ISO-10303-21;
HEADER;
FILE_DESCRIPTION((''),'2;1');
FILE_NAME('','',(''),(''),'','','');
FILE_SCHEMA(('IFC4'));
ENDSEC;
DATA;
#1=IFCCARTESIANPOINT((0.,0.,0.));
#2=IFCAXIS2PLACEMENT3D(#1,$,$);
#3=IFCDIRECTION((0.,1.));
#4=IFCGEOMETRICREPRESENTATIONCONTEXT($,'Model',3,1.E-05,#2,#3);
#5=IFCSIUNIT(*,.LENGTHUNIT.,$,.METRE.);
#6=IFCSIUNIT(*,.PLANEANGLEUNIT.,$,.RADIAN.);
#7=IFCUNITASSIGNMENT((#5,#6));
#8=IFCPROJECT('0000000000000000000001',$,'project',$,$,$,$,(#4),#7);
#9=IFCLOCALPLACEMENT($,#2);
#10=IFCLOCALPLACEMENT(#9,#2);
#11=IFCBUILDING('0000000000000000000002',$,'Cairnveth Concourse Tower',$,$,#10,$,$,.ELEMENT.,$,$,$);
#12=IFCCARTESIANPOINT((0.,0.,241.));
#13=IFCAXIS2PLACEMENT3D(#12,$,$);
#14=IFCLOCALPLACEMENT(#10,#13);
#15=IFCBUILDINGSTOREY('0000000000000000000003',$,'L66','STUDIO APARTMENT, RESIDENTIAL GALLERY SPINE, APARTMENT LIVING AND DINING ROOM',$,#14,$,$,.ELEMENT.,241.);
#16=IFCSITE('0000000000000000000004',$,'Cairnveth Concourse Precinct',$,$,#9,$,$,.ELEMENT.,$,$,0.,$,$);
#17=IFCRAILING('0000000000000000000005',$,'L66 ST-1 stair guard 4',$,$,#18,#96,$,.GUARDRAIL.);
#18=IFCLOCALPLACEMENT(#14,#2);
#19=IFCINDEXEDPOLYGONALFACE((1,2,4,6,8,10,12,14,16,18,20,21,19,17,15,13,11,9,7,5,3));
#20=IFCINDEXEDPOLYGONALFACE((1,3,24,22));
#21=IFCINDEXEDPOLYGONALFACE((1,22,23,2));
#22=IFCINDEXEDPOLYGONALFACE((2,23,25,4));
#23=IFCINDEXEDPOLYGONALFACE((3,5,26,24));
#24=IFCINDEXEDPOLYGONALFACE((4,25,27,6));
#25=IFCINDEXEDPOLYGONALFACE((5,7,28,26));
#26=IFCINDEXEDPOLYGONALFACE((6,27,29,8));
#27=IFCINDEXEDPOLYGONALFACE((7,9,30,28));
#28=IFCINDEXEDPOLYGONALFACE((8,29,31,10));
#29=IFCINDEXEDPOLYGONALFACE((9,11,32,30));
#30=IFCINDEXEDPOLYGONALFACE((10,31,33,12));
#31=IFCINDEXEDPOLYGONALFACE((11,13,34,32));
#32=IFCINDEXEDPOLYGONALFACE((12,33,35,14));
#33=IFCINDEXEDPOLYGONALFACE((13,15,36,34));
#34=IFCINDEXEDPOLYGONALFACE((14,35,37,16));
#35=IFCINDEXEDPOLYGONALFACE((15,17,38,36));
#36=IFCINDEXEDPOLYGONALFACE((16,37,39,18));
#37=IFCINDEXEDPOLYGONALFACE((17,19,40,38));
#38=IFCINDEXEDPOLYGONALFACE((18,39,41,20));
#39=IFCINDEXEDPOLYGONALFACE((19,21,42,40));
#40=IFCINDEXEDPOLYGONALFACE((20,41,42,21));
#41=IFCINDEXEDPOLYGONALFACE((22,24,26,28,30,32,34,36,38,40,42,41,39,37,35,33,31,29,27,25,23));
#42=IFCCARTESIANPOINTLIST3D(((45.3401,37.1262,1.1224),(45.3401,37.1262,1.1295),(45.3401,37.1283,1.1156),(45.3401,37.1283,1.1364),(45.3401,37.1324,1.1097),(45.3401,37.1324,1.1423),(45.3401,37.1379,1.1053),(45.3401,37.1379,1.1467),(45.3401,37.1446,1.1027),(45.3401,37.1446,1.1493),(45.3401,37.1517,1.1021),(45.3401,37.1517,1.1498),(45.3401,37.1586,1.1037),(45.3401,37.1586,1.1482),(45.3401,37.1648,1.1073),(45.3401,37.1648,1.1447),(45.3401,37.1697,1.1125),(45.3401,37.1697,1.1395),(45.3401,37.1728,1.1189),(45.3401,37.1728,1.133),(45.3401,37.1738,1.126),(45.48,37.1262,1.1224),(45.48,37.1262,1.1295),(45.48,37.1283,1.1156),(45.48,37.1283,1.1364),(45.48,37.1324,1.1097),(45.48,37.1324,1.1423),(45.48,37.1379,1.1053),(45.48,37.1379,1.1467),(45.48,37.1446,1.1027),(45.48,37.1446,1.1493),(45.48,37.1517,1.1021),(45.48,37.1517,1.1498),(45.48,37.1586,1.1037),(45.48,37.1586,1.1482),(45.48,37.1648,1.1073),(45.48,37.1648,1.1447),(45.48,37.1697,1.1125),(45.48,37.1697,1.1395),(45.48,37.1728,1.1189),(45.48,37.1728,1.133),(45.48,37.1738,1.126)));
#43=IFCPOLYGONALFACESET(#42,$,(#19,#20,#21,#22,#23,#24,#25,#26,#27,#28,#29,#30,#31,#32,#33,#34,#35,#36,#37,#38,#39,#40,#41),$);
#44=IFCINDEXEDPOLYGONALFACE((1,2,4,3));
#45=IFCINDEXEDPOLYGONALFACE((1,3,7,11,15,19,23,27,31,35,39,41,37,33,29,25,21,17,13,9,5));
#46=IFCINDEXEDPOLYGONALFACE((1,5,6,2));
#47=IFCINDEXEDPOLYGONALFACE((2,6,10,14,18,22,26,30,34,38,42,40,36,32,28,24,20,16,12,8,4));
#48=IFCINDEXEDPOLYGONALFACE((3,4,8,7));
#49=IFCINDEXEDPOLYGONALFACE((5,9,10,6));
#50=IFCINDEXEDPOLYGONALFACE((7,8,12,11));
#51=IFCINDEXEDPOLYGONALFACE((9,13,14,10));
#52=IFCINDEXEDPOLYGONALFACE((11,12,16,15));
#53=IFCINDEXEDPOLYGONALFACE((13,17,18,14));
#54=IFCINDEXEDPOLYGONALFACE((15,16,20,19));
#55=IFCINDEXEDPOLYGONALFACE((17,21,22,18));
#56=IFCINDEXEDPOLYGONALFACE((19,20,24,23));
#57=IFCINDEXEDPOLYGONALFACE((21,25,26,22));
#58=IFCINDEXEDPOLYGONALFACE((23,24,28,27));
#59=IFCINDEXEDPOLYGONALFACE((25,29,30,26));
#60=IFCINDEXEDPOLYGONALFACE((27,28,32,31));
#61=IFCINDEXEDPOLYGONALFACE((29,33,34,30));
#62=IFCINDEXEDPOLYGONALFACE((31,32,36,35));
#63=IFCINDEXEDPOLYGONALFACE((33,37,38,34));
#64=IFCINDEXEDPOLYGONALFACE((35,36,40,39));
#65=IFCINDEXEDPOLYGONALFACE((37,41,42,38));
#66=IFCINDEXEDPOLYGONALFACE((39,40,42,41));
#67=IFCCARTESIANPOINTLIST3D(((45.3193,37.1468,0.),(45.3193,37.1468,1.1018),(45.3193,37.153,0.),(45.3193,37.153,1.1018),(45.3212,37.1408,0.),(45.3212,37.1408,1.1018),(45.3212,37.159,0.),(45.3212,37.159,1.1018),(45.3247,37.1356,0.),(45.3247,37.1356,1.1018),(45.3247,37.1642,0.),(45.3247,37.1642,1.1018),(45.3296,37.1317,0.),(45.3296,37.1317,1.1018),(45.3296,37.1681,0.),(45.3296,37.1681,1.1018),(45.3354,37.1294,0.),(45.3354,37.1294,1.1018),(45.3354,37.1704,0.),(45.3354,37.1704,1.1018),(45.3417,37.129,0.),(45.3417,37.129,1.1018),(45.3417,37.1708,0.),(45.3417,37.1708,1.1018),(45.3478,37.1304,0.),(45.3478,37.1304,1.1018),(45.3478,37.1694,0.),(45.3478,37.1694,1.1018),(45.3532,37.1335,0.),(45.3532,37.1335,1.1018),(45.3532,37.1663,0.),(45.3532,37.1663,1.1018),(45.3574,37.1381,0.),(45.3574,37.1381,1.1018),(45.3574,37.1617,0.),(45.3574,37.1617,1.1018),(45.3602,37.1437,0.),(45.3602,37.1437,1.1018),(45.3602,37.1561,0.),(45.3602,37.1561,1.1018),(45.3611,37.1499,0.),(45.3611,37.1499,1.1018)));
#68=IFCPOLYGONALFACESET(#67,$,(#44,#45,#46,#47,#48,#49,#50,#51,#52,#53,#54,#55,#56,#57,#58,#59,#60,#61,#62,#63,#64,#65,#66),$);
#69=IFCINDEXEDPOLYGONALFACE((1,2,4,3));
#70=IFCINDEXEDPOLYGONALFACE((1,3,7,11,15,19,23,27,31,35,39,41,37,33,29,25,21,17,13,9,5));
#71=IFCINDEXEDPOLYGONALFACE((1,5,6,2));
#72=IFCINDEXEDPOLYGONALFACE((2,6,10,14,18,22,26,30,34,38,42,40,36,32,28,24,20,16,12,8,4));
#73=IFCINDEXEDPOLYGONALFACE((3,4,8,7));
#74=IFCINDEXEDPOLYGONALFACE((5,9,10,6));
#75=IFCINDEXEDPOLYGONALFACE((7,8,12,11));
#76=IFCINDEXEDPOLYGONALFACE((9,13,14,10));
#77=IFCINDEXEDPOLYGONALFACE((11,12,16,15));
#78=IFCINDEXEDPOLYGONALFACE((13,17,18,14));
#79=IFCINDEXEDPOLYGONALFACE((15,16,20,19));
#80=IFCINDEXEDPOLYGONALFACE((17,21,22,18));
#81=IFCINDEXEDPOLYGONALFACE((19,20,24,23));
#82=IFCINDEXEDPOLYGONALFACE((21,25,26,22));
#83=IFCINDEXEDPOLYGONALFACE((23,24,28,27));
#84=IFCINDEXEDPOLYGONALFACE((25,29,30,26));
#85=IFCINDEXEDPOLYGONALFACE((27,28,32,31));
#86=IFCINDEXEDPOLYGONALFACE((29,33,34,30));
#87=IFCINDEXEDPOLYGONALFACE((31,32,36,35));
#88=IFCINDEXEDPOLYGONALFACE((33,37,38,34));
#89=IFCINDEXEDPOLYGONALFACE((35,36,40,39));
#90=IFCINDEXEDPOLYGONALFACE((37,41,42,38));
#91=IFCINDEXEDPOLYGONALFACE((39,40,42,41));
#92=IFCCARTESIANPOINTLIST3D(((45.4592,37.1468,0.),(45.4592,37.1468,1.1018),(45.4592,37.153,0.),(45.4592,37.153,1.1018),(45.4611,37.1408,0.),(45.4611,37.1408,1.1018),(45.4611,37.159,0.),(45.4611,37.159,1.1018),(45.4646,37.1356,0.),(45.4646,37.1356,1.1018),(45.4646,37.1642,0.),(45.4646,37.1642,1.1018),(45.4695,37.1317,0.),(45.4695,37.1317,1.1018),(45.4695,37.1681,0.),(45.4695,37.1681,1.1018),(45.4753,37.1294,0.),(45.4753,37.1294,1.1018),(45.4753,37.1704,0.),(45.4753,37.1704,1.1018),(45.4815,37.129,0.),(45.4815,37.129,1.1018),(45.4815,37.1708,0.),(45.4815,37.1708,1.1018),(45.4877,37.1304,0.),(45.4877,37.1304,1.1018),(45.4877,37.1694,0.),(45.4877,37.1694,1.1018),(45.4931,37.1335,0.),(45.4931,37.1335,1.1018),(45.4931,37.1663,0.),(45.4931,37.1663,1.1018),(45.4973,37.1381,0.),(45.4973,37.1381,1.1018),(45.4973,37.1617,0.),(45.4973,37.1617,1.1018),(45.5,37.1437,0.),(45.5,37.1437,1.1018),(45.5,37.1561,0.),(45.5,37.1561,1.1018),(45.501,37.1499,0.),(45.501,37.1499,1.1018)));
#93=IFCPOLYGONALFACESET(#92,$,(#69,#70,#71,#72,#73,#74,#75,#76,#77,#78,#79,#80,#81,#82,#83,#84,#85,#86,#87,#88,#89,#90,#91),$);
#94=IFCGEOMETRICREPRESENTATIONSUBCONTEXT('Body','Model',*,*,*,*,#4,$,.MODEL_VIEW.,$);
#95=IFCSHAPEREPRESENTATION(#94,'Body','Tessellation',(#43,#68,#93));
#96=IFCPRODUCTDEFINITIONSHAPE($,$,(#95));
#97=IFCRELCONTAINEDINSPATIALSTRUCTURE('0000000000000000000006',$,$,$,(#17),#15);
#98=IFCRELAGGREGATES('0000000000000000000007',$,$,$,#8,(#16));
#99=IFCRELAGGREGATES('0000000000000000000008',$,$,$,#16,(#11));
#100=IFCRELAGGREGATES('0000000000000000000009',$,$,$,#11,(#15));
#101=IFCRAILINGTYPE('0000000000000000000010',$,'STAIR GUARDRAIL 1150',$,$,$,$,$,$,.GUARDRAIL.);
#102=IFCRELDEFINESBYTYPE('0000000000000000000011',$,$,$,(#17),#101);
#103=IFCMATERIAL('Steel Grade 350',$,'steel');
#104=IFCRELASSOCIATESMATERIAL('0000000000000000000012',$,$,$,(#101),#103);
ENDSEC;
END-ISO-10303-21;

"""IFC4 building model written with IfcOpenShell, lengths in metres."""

from ifc_helpers import new_model, si_unit, direction, frame, origin, origin_2d, place, context, subcontext, project, spatial, circle, extrude, material, type_object, element, save


model = new_model("IFC4")

# Units and contexts
model_context = context("Model", 3, precision=1e-05, world=origin(), true_north=direction((0.0, 1.0)))
body_context = subcontext(model_context, "Body", "Model", "MODEL_VIEW")
ifc_project = project(units=[si_unit("LENGTHUNIT", "METRE"), si_unit("PLANEANGLEUNIT", "RADIAN")], contexts=[model_context])

# Site, building, storey
site_placement = place(None, origin())
site = spatial("IfcSite", under=ifc_project, at=site_placement, Name="Cairnveth Concourse Precinct", CompositionType="ELEMENT", RefElevation=0.0)
building_placement = place(site_placement, origin())
building = spatial("IfcBuilding", under=site, at=building_placement, Name="Cairnveth Concourse Tower", CompositionType="ELEMENT")
storey_placement = place(building_placement, frame((0.0, 0.0, 241.0)))
storey = spatial("IfcBuildingStorey", under=building, at=storey_placement, Name="L66", Description="STUDIO APARTMENT, RESIDENTIAL GALLERY SPINE, APARTMENT LIVING AND DINING ROOM", CompositionType="ELEMENT", Elevation=241.0)

# Shared definitions
ifc_material_1 = material(Name="Steel Grade 350", Category="steel")

# Railing
railing_type_1 = type_object("IfcRailingType", Name="STAIR GUARDRAIL 1150", PredefinedType="GUARDRAIL", material=ifc_material_1)
railing_1_placement = place(storey_placement, frame((45.3401, 37.1499, 0.0)))
element("IfcRailing", 1, at=railing_1_placement, inside=storey, type_object=railing_type_1, Name="L66 ST-1 stair guard 4", PredefinedType="GUARDRAIL", context=body_context, shape_type="SweptSolid", body=[
    extrude(circle(Radius=0.0239, at=origin_2d()), frame((0.0, 0.0, 1.126), z_axis=(1.0, 0.0, 0.0), x_axis=(0.0, 1.0, 0.0)), (0.0, 0.0, 1.0), 0.1399),
    extrude(circle(Radius=0.021, at=origin_2d()), origin(), (0.0, 0.0, 1.0), 1.1018),
    extrude(circle(Radius=0.021, at=origin_2d()), frame((0.1399, 0.0, 0.0)), (0.0, 0.0, 1.0), 1.1018),
])

save(model, "model.ifc")
